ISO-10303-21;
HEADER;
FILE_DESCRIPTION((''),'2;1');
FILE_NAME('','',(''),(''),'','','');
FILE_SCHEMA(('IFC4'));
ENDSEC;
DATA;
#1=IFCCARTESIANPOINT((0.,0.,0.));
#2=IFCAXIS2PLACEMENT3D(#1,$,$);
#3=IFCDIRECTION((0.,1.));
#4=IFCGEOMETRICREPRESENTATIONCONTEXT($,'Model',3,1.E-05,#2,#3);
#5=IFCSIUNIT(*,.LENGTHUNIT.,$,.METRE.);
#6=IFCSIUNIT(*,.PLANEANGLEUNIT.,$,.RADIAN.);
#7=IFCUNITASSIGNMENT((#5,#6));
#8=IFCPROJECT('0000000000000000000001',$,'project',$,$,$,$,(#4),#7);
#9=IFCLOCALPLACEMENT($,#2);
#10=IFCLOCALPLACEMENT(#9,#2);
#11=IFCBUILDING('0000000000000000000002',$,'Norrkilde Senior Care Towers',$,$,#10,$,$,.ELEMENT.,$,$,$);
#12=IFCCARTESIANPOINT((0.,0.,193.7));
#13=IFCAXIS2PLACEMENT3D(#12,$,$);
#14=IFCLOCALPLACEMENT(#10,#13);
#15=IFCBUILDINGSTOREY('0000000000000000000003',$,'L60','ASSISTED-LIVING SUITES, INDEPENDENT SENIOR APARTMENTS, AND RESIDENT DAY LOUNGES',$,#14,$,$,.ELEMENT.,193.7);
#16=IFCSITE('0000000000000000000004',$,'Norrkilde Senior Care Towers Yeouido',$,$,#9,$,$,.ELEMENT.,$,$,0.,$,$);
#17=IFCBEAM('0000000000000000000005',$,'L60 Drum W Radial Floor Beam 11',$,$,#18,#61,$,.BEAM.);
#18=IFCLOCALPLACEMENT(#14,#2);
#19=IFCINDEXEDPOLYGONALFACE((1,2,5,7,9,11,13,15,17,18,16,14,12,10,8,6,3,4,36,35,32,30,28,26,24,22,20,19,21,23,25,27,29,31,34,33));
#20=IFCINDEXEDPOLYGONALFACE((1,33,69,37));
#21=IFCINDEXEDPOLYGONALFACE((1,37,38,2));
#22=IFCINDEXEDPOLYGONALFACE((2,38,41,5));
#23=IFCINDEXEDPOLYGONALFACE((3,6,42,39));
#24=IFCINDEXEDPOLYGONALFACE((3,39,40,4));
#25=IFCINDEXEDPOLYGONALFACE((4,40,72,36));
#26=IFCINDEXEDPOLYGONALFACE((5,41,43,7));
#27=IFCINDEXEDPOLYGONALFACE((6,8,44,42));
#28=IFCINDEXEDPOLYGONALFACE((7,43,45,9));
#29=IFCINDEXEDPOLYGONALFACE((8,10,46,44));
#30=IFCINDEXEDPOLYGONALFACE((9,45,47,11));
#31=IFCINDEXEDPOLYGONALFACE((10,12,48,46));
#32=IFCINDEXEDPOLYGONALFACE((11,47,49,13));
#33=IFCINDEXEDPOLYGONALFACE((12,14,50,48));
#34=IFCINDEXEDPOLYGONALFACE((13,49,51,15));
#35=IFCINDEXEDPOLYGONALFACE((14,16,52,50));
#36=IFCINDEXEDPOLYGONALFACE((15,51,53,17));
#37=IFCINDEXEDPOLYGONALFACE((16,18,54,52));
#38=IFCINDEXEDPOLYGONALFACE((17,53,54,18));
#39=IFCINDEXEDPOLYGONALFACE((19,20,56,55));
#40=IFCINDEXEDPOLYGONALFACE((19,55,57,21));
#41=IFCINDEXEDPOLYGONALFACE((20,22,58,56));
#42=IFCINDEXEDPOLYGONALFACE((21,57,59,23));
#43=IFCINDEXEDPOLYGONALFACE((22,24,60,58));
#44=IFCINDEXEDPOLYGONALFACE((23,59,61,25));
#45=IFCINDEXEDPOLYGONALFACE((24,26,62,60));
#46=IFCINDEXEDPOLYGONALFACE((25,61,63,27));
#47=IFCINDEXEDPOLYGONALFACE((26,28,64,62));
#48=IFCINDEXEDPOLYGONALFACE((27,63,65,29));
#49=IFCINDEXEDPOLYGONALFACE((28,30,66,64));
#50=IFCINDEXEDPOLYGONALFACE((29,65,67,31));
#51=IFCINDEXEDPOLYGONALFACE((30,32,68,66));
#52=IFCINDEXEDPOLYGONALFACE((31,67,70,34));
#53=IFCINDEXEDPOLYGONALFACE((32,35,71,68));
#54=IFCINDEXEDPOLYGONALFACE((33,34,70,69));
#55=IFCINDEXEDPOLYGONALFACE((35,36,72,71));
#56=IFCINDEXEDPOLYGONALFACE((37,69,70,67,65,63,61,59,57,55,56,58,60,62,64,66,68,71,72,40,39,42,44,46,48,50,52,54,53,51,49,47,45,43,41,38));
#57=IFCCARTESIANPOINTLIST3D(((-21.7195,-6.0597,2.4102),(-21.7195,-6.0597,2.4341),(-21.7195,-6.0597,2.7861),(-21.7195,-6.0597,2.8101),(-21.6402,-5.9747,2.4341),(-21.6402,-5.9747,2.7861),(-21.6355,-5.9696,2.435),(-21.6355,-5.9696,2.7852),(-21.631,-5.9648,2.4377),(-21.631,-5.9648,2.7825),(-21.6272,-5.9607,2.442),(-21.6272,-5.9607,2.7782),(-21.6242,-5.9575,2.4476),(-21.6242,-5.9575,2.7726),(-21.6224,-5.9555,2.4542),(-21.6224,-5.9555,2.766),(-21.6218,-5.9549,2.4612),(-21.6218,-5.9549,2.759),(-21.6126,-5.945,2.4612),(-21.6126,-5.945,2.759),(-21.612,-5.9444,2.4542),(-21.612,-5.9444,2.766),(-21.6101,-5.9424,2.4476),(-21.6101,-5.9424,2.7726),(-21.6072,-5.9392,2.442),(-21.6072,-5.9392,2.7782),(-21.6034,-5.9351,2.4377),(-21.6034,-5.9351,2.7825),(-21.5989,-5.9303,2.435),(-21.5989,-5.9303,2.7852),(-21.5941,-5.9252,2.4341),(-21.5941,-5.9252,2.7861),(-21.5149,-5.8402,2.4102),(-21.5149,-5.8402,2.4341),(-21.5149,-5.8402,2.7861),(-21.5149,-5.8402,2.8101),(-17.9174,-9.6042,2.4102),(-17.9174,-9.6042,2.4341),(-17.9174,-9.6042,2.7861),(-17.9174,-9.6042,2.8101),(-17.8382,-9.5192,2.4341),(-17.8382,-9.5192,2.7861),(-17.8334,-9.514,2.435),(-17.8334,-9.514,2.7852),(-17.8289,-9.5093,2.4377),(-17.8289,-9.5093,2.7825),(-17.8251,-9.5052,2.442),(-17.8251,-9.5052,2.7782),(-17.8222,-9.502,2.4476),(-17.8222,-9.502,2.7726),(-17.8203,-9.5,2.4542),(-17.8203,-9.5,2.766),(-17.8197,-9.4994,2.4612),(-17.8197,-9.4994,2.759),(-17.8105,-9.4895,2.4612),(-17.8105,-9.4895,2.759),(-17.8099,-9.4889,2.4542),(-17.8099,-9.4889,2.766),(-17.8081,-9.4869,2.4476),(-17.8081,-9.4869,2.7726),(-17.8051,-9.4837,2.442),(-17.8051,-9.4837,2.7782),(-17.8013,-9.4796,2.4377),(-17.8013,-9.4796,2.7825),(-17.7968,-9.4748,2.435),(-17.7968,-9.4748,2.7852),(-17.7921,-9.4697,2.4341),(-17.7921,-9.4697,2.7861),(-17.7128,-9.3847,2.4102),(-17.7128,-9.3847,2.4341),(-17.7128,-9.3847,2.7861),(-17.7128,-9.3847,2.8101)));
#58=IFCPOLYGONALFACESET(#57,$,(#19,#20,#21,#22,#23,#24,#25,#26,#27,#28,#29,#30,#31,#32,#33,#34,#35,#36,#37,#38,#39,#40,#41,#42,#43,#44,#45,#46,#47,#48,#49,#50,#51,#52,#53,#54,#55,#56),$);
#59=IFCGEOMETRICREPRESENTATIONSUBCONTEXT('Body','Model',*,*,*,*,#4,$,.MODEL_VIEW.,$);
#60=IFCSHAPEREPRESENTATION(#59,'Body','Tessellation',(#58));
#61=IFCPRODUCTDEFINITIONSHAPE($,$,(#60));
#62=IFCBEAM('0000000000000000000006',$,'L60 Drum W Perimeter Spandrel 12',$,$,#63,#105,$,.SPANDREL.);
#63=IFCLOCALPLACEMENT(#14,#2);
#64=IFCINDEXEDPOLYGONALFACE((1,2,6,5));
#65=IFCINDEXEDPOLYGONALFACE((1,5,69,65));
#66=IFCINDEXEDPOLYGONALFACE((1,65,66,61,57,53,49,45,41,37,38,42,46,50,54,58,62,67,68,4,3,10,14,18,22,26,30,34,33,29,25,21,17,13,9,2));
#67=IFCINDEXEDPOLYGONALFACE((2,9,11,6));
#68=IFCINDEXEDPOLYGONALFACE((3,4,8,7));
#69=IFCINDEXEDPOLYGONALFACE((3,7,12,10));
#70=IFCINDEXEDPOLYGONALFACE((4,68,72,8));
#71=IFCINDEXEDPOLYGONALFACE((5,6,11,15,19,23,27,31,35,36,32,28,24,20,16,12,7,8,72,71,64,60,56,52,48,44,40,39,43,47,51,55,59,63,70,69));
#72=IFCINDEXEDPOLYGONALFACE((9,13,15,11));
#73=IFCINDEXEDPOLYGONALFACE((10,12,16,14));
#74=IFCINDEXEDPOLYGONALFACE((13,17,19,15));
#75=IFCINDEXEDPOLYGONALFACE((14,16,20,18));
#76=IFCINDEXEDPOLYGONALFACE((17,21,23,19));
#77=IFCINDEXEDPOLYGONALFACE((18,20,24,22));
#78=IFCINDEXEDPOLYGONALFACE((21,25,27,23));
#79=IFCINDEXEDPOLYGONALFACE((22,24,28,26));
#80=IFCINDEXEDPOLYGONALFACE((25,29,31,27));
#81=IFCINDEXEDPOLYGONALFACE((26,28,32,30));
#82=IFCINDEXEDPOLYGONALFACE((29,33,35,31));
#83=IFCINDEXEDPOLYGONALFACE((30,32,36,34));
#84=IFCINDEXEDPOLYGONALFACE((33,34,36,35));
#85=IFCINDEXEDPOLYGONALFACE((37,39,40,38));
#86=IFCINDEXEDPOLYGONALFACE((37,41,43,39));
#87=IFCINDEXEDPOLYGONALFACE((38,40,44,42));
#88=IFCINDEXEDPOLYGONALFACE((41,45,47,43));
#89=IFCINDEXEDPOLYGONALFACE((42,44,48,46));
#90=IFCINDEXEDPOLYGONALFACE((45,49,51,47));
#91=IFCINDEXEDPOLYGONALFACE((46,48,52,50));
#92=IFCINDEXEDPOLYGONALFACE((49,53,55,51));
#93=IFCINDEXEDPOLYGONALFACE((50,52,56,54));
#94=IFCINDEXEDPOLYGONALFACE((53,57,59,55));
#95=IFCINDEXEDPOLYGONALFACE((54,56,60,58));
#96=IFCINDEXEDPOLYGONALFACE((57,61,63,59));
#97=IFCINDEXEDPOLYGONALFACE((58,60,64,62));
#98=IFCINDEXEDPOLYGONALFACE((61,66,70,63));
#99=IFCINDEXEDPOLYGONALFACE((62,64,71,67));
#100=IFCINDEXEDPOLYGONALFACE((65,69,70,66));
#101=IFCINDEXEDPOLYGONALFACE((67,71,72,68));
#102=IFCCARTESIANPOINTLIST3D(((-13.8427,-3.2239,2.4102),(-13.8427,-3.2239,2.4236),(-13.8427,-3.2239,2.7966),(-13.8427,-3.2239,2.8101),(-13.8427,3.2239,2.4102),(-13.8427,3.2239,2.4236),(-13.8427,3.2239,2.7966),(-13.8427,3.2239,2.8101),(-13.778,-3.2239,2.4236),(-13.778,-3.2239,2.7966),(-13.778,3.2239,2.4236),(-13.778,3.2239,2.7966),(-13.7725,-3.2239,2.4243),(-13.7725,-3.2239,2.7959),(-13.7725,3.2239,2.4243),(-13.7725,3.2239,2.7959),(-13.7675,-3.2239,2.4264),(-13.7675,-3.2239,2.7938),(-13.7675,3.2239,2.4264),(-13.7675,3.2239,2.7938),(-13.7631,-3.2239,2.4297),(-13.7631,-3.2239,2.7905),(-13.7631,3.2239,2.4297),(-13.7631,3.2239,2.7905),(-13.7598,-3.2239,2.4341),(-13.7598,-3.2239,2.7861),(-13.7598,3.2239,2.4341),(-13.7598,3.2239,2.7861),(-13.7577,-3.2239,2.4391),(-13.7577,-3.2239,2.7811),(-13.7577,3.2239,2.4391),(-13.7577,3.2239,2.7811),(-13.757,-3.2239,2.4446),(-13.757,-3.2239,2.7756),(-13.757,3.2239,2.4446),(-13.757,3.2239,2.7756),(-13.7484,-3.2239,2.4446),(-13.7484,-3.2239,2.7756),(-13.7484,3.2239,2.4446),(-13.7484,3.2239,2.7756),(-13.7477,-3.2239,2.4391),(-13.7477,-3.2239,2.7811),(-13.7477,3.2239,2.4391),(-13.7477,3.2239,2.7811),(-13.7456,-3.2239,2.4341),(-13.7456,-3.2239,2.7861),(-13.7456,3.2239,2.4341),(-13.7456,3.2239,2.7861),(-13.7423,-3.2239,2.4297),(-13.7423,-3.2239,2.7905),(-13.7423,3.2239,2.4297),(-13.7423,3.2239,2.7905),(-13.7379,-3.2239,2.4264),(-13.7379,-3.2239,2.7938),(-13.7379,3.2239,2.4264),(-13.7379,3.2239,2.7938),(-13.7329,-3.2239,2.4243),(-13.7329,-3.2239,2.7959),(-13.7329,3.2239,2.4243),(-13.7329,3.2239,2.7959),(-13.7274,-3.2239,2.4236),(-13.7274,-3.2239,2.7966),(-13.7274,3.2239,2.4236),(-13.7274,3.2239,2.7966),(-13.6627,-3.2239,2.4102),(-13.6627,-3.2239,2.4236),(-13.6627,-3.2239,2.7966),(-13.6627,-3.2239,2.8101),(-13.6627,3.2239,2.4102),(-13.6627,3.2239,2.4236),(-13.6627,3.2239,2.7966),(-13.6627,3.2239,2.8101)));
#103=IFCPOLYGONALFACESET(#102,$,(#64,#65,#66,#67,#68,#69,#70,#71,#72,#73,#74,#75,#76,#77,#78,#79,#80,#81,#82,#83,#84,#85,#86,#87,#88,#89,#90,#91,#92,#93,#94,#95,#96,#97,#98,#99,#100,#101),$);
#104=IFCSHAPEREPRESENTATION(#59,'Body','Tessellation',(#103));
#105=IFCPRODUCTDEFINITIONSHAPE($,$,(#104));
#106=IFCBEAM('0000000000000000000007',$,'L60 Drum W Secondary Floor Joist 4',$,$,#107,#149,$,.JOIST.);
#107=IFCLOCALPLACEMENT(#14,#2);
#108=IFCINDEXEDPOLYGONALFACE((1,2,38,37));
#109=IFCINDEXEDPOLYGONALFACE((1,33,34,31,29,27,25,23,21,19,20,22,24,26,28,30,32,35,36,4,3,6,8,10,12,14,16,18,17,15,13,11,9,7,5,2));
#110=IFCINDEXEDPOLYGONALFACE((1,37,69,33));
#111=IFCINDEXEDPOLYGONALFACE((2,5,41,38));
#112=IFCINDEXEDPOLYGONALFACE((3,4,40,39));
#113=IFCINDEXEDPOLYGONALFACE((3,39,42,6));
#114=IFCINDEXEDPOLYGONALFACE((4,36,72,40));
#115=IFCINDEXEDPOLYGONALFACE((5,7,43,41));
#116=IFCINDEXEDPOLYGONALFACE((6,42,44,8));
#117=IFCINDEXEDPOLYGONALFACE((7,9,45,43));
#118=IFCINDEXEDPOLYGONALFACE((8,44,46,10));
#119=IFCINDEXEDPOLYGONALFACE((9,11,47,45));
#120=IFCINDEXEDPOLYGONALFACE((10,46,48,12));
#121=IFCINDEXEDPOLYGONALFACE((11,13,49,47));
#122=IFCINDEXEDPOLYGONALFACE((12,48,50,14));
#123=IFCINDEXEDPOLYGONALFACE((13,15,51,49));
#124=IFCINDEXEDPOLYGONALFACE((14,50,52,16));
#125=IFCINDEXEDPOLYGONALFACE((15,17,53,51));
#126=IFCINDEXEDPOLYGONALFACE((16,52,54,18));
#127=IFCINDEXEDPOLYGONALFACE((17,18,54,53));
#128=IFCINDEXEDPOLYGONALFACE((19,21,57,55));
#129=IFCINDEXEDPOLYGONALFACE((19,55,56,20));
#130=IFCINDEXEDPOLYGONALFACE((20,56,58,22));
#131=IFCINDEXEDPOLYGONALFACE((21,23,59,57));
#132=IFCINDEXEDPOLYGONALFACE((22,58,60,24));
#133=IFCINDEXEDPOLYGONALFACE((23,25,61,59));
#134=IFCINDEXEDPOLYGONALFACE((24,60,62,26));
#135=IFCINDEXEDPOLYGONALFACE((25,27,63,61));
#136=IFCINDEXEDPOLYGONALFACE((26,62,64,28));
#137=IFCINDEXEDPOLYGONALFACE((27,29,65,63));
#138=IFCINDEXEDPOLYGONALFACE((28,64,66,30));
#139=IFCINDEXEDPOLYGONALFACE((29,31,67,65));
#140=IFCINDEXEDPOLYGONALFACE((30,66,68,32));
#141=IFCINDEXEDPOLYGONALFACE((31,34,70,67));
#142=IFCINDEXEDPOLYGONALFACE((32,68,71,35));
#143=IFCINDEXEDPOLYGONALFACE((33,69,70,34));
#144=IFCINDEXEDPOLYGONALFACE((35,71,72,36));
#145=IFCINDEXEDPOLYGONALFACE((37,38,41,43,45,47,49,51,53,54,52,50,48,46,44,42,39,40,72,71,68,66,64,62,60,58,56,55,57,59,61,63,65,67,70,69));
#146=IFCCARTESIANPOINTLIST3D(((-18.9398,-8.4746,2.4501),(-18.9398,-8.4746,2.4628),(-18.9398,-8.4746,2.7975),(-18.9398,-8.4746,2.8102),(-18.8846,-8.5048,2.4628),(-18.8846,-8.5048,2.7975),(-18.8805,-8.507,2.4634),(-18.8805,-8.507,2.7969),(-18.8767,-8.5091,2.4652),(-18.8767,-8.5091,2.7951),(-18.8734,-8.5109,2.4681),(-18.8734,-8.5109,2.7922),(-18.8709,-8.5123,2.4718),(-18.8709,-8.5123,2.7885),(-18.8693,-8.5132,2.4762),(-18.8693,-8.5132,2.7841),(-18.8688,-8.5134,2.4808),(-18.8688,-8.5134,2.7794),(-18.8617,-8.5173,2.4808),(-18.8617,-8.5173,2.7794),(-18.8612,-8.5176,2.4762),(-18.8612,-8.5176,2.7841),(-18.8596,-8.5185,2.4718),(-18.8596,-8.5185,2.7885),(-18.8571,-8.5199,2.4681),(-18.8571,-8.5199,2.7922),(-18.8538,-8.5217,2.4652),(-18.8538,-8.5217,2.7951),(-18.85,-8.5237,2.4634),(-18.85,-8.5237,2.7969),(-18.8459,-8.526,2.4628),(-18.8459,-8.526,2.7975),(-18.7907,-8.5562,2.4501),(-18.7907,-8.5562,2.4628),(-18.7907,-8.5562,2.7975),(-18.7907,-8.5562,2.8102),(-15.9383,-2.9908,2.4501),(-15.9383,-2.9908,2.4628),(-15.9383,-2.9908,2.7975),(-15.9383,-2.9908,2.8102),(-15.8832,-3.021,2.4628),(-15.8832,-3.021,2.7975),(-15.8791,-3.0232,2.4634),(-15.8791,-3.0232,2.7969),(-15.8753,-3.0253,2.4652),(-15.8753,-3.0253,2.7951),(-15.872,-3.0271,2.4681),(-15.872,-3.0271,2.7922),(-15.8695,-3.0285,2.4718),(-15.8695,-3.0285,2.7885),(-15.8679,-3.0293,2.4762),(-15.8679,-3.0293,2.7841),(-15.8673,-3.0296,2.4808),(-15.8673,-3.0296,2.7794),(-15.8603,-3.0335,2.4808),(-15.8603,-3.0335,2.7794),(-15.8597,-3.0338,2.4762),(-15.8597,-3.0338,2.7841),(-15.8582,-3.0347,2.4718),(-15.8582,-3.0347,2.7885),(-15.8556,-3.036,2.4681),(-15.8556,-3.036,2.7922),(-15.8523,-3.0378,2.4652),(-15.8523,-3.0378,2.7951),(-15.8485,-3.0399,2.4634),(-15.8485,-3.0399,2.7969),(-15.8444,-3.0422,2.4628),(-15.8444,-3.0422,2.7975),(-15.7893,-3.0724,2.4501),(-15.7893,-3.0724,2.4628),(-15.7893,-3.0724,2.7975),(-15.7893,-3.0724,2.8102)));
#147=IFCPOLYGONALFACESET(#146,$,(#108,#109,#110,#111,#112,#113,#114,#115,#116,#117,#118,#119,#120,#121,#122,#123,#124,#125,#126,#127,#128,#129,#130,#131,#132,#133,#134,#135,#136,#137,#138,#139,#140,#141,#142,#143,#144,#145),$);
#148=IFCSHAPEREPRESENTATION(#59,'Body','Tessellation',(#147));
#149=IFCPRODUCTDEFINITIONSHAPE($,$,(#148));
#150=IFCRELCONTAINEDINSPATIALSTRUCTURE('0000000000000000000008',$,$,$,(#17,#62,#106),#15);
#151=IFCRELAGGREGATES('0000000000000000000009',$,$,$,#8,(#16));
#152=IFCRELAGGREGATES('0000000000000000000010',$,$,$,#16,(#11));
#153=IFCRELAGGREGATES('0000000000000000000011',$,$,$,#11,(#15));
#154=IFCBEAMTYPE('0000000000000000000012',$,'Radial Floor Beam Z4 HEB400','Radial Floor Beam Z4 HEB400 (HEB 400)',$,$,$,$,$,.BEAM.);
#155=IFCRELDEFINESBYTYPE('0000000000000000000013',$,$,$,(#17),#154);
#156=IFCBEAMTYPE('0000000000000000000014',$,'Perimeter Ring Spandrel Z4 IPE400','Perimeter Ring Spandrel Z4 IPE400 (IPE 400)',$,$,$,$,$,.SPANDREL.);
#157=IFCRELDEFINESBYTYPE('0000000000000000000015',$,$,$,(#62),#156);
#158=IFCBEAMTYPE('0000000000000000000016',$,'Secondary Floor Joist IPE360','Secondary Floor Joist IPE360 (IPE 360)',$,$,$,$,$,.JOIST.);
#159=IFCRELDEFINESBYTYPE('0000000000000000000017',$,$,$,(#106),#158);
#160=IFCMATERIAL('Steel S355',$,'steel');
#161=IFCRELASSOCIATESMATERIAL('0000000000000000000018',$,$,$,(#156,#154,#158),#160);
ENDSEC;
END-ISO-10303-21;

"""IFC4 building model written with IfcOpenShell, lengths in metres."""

from ifc_helpers import new_model, si_unit, direction, frame, origin, origin_2d, place, context, subcontext, project, spatial, i_section, extrude, source, transform, mapped, material, material_profile, profile_set, type_object, type_shapes, element, save


model = new_model("IFC4")

# Units and contexts
model_context = context("Model", 3, precision=1e-05, world=origin(), true_north=direction((0.0, 1.0)))
body_context = subcontext(model_context, "Body", "Model", "MODEL_VIEW")
ifc_project = project(units=[si_unit("LENGTHUNIT", "METRE"), si_unit("PLANEANGLEUNIT", "RADIAN")], contexts=[model_context])

# Site, building, storey
site_placement = place(None, origin())
site = spatial("IfcSite", under=ifc_project, at=site_placement, Name="Norrkilde Senior Care Towers Yeouido", CompositionType="ELEMENT", RefElevation=0.0)
building_placement = place(site_placement, origin())
building = spatial("IfcBuilding", under=site, at=building_placement, Name="Norrkilde Senior Care Towers", CompositionType="ELEMENT")
storey_placement = place(building_placement, frame((0.0, 0.0, 193.7)))
storey = spatial("IfcBuildingStorey", under=building, at=storey_placement, Name="L60", Description="ASSISTED-LIVING SUITES, INDEPENDENT SENIOR APARTMENTS, AND RESIDENT DAY LOUNGES", CompositionType="ELEMENT", Elevation=193.7)

# Beams
ifc_material_1 = material(Name="Steel S355", Category="steel")
ifc_material_profile_1 = material_profile(ifc_material_1, i_section(OverallWidth=0.1799, OverallDepth=0.3999, WebThickness=0.0085, FlangeThickness=0.0134, FilletRadius=0.021, at=origin_2d()), Name="IPE 400")
ifc_profile_set_1 = profile_set([ifc_material_profile_1], Name="Steel S355")
beam_type_1 = type_object("IfcBeamType", Name="Perimeter Ring Spandrel Z4 IPE400", Description="Perimeter Ring Spandrel Z4 IPE400 (IPE 400)", PredefinedType="SPANDREL", material=ifc_profile_set_1)
ifc_material_profile_2 = material_profile(ifc_material_1, i_section(OverallWidth=0.3, OverallDepth=0.3999, WebThickness=0.0134, FlangeThickness=0.0239, FilletRadius=0.0271, at=origin_2d()), Name="HEB 400")
ifc_profile_set_2 = profile_set([ifc_material_profile_2], Name="Steel S355")
beam_type_2 = type_object("IfcBeamType", Name="Radial Floor Beam Z4 HEB400", Description="Radial Floor Beam Z4 HEB400 (HEB 400)", PredefinedType="BEAM", material=ifc_profile_set_2)
shared_shape_1 = source(origin(), body_context, "Body", "SweptSolid", [
    extrude(i_section(OverallWidth=0.3, OverallDepth=0.3999, WebThickness=0.0134, FlangeThickness=0.0239, FilletRadius=0.0271, at=origin_2d()), origin(), (0.0, 0.0, 1.0), 5.198),
])
type_shapes(beam_type_2, [shared_shape_1])
beam_1_placement = place(storey_placement, frame((-21.6172, -5.95, 2.6101), z_axis=(0.731449, -0.681896, 0.0), x_axis=(0.681896, 0.731449, 0.0)))
element("IfcBeam", 1, at=beam_1_placement, inside=storey, type_object=beam_type_2, Name="L60 Drum W Radial Floor Beam 11", PredefinedType="BEAM", context=body_context, shape_type="MappedRepresentation", body=[
    mapped(shared_shape_1, transform((0.0, 0.0, 0.0), x_axis=(1.0, 0.0, 0.0), y_axis=(0.0, 1.0, 0.0), z_axis=(0.0, 0.0, 1.0), scale=1.0)),
])
shared_shape_2 = source(origin(), body_context, "Body", "SweptSolid", [
    extrude(i_section(OverallWidth=0.1799, OverallDepth=0.3999, WebThickness=0.0085, FlangeThickness=0.0134, FilletRadius=0.021, at=origin_2d()), origin(), (0.0, 0.0, 1.0), 6.4478),
])
beam_2_placement = place(storey_placement, frame((-13.7527, -3.2239, 2.6101), z_axis=(0.0, 1.0, 0.0), x_axis=(-1.0, 0.0, 0.0)))
element("IfcBeam", 2, at=beam_2_placement, inside=storey, type_object=beam_type_1, Name="L60 Drum W Perimeter Spandrel 12", PredefinedType="SPANDREL", context=body_context, shape_type="MappedRepresentation", body=[
    mapped(shared_shape_2, transform((0.0, 0.0, 0.0), x_axis=(1.0, 0.0, 0.0), y_axis=(0.0, 1.0, 0.0), z_axis=(0.0, 0.0, 1.0), scale=1.0)),
])
ifc_material_profile_3 = material_profile(ifc_material_1, i_section(OverallWidth=0.1699, OverallDepth=0.3601, WebThickness=0.0081, FlangeThickness=0.0127, FilletRadius=0.0181, at=origin_2d()), Name="IPE 360")
ifc_profile_set_3 = profile_set([ifc_material_profile_3], Name="Steel S355")
beam_type_3 = type_object("IfcBeamType", Name="Secondary Floor Joist IPE360", Description="Secondary Floor Joist IPE360 (IPE 360)", PredefinedType="JOIST", material=ifc_profile_set_3)
shared_shape_3 = source(origin(), body_context, "Body", "SweptSolid", [
    extrude(i_section(OverallWidth=0.1699, OverallDepth=0.3601, WebThickness=0.0081, FlangeThickness=0.0127, FilletRadius=0.0181, at=origin_2d()), origin(), (0.0, 0.0, 1.0), 6.2515),
])
type_shapes(beam_type_3, [shared_shape_3])
beam_3_placement = place(storey_placement, frame((-18.8652, -8.5154, 2.6301), z_axis=(0.480116, 0.877205, 0.0), x_axis=(-0.877205, 0.480116, 0.0)))
element("IfcBeam", 3, at=beam_3_placement, inside=storey, type_object=beam_type_3, Name="L60 Drum W Secondary Floor Joist 4", PredefinedType="JOIST", context=body_context, shape_type="MappedRepresentation", body=[
    mapped(shared_shape_3, transform((0.0, 0.0, 0.0), x_axis=(1.0, 0.0, 0.0), y_axis=(0.0, 1.0, 0.0), z_axis=(0.0, 0.0, 1.0), scale=1.0)),
])

save(model, "model.ifc")
